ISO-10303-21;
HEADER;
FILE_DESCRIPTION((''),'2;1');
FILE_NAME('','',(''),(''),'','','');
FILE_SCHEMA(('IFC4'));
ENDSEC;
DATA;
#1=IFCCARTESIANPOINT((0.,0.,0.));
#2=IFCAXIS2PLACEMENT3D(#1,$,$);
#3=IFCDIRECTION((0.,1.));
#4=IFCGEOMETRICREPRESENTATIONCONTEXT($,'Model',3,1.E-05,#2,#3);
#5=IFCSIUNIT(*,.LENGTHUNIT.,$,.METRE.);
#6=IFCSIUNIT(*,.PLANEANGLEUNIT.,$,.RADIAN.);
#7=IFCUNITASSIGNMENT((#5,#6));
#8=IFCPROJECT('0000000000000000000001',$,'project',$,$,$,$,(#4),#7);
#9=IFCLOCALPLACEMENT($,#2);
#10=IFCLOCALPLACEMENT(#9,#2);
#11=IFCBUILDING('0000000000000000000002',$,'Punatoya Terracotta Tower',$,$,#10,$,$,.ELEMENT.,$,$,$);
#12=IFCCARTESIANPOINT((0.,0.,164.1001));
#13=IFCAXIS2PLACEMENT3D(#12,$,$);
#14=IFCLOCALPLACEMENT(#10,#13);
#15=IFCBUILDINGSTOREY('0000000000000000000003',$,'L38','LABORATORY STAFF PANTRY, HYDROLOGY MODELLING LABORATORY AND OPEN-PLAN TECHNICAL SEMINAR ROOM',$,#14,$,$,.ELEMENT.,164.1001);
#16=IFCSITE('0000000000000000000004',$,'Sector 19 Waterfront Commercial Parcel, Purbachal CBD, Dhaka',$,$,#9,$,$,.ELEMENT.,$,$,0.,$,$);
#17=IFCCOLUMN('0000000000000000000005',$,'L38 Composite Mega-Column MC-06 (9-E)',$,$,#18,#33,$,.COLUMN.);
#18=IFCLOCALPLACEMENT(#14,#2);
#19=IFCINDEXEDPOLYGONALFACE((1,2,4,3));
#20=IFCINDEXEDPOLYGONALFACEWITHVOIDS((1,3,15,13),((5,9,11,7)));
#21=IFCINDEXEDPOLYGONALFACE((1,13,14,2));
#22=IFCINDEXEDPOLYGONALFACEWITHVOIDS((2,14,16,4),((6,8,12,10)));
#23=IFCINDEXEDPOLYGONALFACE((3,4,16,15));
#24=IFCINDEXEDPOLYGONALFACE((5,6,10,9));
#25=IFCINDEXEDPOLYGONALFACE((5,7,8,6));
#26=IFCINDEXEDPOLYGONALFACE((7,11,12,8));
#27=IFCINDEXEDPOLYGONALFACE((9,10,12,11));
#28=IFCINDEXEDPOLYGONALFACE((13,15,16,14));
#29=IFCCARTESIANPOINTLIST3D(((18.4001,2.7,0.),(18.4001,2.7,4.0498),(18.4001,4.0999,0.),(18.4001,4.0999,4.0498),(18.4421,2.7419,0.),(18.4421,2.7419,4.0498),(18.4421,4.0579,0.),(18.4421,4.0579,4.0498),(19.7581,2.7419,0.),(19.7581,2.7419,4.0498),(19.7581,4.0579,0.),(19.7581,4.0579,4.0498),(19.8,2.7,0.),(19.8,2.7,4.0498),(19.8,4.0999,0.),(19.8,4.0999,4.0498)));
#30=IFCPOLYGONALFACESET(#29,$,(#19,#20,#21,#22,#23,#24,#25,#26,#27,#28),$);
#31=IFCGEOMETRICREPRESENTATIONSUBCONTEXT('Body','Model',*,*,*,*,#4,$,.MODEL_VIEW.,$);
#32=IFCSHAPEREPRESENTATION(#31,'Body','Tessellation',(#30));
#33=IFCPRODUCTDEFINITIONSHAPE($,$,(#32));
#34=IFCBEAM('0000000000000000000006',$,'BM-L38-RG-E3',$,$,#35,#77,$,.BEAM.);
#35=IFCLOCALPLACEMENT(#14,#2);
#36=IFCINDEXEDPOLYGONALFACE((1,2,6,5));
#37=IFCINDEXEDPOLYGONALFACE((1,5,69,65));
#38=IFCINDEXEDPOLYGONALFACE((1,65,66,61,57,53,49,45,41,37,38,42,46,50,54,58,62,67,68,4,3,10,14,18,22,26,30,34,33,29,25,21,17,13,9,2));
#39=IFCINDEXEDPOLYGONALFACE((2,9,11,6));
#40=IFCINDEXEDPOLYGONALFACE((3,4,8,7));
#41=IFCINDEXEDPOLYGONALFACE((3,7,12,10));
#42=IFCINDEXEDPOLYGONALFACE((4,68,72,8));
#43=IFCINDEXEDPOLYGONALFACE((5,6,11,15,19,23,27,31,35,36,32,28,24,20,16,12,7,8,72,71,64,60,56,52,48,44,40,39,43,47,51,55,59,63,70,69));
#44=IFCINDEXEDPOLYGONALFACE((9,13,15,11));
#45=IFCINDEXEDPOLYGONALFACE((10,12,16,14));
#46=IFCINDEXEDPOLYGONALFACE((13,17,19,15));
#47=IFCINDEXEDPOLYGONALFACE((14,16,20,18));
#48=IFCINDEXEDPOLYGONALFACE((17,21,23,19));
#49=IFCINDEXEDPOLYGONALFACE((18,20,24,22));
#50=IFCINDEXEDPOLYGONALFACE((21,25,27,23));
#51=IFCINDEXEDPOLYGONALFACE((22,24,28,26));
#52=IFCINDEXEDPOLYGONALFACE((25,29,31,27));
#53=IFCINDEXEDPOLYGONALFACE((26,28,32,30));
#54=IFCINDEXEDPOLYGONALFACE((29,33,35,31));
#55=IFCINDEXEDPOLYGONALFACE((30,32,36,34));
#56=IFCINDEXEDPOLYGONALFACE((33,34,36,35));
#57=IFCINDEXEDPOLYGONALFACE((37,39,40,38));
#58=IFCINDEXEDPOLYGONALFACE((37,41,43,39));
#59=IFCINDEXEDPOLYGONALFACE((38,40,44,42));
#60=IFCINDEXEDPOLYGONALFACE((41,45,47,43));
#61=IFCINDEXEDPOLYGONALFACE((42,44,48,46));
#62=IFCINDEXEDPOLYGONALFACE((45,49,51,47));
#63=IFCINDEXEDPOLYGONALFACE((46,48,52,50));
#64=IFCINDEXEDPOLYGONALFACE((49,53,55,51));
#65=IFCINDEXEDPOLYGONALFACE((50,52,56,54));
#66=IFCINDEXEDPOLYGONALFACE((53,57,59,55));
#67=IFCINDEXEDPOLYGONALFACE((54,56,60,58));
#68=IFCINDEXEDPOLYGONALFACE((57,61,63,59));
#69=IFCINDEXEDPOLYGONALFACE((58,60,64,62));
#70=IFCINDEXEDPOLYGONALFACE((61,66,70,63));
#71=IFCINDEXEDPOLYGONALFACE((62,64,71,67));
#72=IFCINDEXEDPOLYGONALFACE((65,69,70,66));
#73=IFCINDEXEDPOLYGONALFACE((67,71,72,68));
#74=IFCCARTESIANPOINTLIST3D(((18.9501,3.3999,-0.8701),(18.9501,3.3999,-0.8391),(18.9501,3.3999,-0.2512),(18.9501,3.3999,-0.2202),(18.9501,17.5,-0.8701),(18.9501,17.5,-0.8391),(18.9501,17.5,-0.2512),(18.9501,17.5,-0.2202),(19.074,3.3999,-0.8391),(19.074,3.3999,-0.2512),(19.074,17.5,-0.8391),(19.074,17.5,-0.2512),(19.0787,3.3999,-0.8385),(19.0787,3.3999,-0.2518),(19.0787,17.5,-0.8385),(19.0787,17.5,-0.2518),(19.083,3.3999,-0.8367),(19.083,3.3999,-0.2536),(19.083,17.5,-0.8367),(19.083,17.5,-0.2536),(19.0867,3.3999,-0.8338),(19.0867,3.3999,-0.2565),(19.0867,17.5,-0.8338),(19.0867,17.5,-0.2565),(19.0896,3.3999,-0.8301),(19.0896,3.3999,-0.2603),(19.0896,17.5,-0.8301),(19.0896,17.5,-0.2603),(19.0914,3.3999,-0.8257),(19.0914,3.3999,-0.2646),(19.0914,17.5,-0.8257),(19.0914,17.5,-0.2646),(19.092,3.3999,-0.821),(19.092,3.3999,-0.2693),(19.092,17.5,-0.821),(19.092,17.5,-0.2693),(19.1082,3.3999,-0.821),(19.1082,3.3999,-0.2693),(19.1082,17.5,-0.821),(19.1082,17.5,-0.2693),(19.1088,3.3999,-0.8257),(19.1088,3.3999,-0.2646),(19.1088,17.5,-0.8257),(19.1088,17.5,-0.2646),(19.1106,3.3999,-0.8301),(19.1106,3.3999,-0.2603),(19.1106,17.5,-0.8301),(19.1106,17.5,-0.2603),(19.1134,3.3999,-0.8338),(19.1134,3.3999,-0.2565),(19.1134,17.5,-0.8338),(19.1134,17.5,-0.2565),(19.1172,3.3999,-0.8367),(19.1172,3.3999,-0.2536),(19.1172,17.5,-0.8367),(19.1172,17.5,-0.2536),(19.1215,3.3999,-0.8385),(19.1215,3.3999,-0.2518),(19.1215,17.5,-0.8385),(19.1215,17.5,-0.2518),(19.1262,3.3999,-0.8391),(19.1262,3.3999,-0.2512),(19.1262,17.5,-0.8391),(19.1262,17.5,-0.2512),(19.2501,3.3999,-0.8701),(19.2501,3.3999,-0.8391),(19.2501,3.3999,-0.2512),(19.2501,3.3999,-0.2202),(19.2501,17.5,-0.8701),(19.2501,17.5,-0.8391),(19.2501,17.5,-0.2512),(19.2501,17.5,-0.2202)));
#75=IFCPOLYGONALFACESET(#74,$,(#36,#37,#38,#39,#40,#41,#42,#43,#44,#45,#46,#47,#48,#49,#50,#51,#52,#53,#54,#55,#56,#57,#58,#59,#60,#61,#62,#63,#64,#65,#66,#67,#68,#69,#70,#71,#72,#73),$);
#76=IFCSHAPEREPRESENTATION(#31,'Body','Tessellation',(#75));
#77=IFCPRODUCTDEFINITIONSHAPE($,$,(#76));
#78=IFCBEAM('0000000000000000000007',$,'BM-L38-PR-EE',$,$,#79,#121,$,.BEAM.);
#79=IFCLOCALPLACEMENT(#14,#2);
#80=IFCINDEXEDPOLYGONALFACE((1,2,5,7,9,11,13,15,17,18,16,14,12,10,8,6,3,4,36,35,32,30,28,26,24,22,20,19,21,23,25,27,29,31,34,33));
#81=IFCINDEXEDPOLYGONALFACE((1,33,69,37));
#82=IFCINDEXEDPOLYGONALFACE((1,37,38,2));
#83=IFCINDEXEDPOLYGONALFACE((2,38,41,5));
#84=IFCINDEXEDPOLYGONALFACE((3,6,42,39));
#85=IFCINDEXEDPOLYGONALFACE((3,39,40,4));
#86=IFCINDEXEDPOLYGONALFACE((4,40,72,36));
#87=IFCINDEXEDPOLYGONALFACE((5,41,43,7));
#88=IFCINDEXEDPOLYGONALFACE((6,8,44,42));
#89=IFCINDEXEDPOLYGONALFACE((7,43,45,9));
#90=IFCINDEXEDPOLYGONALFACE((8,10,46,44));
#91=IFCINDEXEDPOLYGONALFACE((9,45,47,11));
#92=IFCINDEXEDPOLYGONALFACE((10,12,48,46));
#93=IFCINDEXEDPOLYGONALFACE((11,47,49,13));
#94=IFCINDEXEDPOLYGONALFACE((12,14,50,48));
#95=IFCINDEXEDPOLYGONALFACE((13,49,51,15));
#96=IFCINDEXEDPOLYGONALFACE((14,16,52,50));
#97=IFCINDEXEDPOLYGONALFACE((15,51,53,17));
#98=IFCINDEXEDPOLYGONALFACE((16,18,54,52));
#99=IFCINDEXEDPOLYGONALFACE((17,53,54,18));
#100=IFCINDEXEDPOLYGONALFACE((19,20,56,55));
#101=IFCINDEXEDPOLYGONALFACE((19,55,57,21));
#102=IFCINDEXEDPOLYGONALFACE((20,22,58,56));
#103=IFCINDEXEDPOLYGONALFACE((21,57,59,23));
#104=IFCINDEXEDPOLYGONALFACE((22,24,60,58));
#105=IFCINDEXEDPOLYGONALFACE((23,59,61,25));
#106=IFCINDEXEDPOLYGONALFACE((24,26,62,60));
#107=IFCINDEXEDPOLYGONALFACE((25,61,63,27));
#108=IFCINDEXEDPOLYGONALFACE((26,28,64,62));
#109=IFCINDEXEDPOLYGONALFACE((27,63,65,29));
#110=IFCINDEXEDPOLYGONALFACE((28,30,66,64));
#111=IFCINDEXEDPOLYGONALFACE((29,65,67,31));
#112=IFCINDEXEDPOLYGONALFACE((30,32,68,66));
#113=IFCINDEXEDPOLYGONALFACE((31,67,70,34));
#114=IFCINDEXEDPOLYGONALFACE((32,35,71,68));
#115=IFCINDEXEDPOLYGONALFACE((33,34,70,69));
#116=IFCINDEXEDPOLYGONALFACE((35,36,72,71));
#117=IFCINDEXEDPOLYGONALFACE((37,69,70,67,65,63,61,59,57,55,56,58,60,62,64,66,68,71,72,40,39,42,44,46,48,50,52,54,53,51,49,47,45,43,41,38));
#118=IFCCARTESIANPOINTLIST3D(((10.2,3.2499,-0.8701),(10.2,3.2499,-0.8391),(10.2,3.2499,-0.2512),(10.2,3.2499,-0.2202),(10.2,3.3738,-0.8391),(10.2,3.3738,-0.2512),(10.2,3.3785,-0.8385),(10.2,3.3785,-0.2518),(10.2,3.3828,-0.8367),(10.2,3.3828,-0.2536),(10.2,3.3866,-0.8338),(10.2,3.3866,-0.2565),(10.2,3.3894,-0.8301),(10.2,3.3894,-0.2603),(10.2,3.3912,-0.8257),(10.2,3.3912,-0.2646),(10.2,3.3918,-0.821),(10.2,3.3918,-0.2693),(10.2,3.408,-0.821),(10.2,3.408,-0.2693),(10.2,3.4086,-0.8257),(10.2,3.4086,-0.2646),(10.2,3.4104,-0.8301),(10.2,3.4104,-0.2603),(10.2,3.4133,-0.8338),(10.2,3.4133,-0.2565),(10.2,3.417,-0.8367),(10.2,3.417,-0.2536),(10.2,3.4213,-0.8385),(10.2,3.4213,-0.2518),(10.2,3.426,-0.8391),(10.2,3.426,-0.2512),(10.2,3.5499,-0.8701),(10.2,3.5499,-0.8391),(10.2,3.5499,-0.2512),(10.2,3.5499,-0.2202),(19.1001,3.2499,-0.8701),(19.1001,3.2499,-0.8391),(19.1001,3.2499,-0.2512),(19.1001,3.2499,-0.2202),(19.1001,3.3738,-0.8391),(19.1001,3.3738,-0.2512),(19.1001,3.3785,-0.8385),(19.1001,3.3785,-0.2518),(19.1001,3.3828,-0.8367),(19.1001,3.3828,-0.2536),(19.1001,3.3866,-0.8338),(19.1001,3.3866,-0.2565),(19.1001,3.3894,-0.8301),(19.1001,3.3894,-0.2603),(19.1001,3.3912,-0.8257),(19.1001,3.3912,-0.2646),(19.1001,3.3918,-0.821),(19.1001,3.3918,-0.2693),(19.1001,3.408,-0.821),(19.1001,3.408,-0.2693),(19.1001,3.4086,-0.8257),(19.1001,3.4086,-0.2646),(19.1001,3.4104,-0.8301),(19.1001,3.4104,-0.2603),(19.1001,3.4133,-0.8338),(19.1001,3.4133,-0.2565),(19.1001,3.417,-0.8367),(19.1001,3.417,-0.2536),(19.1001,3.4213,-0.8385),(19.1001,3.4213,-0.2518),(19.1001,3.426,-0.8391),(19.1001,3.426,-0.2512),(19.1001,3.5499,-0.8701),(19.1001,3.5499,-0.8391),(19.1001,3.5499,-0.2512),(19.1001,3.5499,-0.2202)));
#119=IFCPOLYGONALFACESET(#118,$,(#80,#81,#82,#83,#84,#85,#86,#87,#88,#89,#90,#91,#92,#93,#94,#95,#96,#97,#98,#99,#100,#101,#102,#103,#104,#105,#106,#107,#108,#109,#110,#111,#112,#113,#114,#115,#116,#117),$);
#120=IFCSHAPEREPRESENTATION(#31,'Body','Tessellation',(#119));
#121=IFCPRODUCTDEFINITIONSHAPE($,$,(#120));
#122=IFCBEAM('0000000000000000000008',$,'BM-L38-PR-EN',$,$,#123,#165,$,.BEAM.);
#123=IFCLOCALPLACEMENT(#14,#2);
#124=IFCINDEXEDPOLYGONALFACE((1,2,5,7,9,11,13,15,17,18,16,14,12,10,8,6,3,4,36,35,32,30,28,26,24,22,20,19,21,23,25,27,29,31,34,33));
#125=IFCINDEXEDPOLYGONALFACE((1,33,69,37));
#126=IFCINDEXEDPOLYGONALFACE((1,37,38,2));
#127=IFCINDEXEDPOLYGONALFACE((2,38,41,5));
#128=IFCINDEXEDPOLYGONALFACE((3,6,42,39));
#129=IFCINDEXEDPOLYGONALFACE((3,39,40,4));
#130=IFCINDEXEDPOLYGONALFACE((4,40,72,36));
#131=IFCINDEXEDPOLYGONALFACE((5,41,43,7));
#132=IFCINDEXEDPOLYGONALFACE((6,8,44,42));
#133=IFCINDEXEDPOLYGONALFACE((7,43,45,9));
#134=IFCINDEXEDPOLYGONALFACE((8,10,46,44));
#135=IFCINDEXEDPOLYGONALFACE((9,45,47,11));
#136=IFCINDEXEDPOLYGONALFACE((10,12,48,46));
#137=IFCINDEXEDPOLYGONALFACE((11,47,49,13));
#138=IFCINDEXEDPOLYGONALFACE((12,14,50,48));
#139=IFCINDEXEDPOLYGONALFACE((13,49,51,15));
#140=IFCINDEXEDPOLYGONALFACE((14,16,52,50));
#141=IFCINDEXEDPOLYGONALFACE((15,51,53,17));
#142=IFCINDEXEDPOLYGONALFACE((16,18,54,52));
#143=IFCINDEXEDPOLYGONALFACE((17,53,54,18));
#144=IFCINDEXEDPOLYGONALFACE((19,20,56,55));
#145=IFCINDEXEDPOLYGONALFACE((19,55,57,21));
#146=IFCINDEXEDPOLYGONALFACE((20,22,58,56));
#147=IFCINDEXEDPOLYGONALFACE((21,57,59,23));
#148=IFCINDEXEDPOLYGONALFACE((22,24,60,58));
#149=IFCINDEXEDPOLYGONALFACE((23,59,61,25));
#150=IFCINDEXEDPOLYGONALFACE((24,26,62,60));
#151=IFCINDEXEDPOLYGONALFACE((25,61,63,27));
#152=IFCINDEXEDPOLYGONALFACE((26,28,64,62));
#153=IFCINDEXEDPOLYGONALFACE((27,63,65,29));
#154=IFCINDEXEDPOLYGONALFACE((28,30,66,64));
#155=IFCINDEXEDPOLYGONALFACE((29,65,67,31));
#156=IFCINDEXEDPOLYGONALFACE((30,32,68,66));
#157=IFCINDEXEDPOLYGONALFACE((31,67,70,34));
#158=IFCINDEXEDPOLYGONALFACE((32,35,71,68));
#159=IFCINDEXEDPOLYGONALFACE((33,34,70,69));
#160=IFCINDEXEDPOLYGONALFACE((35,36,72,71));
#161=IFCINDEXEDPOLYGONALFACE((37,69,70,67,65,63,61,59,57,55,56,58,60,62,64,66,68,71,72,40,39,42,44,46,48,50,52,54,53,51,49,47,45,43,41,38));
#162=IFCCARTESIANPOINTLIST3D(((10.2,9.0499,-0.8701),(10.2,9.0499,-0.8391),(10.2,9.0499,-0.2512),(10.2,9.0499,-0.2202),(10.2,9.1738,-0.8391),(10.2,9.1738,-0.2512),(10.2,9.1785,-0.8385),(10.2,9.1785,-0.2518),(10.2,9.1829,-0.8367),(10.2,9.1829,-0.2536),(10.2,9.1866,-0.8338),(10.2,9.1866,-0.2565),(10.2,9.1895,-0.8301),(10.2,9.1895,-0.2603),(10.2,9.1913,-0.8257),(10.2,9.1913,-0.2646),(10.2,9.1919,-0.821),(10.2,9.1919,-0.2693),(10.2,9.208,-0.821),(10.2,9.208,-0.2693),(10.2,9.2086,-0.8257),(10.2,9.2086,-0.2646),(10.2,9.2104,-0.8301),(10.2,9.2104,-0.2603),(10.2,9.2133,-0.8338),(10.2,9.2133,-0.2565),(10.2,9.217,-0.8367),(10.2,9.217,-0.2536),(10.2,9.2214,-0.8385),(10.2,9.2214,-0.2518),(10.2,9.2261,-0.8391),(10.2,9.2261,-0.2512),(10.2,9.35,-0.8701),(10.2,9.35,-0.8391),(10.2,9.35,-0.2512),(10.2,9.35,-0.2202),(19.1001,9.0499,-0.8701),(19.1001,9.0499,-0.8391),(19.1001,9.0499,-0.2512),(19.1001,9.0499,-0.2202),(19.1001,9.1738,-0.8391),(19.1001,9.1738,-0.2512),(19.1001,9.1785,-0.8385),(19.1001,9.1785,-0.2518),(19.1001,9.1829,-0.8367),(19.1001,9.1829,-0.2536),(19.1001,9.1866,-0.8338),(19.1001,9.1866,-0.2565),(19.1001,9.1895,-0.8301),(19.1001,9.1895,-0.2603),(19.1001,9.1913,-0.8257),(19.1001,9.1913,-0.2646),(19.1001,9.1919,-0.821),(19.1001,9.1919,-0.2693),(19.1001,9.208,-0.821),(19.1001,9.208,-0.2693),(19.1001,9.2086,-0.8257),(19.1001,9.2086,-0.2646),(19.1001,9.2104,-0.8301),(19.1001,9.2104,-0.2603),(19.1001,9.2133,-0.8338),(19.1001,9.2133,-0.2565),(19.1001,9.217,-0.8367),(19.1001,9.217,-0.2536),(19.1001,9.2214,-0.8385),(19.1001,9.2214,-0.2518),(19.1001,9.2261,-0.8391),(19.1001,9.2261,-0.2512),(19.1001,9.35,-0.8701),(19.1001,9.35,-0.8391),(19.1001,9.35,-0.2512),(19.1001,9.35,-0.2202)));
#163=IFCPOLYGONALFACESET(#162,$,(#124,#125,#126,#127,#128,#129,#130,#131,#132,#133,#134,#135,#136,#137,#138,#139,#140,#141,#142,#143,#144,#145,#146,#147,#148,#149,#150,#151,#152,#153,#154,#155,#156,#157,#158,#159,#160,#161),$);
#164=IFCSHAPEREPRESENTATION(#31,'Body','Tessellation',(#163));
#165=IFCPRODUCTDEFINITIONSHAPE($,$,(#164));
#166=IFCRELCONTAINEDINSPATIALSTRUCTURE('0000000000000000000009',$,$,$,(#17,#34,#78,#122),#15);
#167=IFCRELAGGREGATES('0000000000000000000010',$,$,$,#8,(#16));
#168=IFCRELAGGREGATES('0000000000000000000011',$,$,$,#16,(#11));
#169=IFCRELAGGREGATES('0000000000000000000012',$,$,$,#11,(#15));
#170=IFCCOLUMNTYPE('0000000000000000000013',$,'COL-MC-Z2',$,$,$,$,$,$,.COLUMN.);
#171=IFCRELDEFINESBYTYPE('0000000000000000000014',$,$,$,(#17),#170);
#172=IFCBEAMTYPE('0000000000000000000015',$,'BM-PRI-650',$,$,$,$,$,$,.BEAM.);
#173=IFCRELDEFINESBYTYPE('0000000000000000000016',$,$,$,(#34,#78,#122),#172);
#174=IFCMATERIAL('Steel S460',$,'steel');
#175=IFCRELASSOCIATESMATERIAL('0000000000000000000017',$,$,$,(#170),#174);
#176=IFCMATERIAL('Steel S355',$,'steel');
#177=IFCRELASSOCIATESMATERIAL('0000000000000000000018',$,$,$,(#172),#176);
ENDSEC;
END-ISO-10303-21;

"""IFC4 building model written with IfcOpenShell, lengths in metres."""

from ifc_helpers import new_model, si_unit, direction, frame, origin, origin_2d, place, context, subcontext, project, spatial, hollow_rectangle, i_section, extrude, material, material_profile, profile_set, type_object, element, save


model = new_model("IFC4")

# Units and contexts
model_context = context("Model", 3, precision=1e-05, world=origin(), true_north=direction((0.0, 1.0)))
body_context = subcontext(model_context, "Body", "Model", "MODEL_VIEW")
ifc_project = project(units=[si_unit("LENGTHUNIT", "METRE"), si_unit("PLANEANGLEUNIT", "RADIAN")], contexts=[model_context])

# Site, building, storey
site_placement = place(None, origin())
site = spatial("IfcSite", under=ifc_project, at=site_placement, Name="Sector 19 Waterfront Commercial Parcel, Purbachal CBD, Dhaka", CompositionType="ELEMENT", RefElevation=0.0)
building_placement = place(site_placement, origin())
building = spatial("IfcBuilding", under=site, at=building_placement, Name="Punatoya Terracotta Tower", CompositionType="ELEMENT")
storey_placement = place(building_placement, frame((0.0, 0.0, 164.1001)))
storey = spatial("IfcBuildingStorey", under=building, at=storey_placement, Name="L38", Description="LABORATORY STAFF PANTRY, HYDROLOGY MODELLING LABORATORY AND OPEN-PLAN TECHNICAL SEMINAR ROOM", CompositionType="ELEMENT", Elevation=164.1001)

# Column
ifc_material_1 = material(Name="Steel S460", Category="steel")
ifc_material_profile_1 = material_profile(ifc_material_1, hollow_rectangle(XDim=1.3999, YDim=1.3999, WallThickness=0.042, at=origin_2d()))
ifc_profile_set_1 = profile_set([ifc_material_profile_1], Name="Steel S460")
column_type = type_object("IfcColumnType", Name="COL-MC-Z2", PredefinedType="COLUMN", material=ifc_profile_set_1)
column_placement = place(storey_placement, frame((19.1001, 3.3999, 0.0), z_axis=(0.0, 0.0, 1.0), x_axis=(1.0, 0.0, 0.0)))
element("IfcColumn", 1, at=column_placement, inside=storey, type_object=column_type, Name="L38 Composite Mega-Column MC-06 (9-E)", PredefinedType="COLUMN", context=body_context, shape_type="SweptSolid", body=[
    extrude(hollow_rectangle(XDim=1.3999, YDim=1.3999, WallThickness=0.042, at=origin_2d()), origin(), (0.0, 0.0, 1.0), 4.0498),
])

# Beams
ifc_material_2 = material(Name="Steel S355", Category="steel")
ifc_material_profile_2 = material_profile(ifc_material_2, i_section(OverallWidth=0.3, OverallDepth=0.6499, WebThickness=0.0161, FlangeThickness=0.031, FilletRadius=0.0181, at=origin_2d()))
ifc_profile_set_2 = profile_set([ifc_material_profile_2], Name="Steel S355")
beam_type_1 = type_object("IfcBeamType", Name="BM-PRI-650", PredefinedType="BEAM", material=ifc_profile_set_2)
beam_1_placement = place(storey_placement, frame((19.1001, 3.3999, -0.5452), z_axis=(0.0, 1.0, 0.0), x_axis=(-1.0, 0.0, 0.0)))
element("IfcBeam", 2, at=beam_1_placement, inside=storey, type_object=beam_type_1, Name="BM-L38-RG-E3", PredefinedType="BEAM", context=body_context, shape_type="SweptSolid", body=[
    extrude(i_section(OverallWidth=0.3, OverallDepth=0.6499, WebThickness=0.0161, FlangeThickness=0.031, FilletRadius=0.0181, at=origin_2d()), origin(), (0.0, 0.0, 1.0), 14.1001),
])
for number, where, z_axis, x_axis, name in (
    (3, (10.2, 3.3999, -0.5452), (1.0, 0.0, 0.0), (0.0, 1.0, 0.0), "BM-L38-PR-EE"),
    (4, (10.2, 9.2, -0.5452), (1.0, 0.0, 0.0), (0.0, 1.0, 0.0), "BM-L38-PR-EN"),
):
    element("IfcBeam", number, at=place(storey_placement, frame(where, z_axis=z_axis, x_axis=x_axis)), inside=storey, type_object=beam_type_1, Name=name, PredefinedType="BEAM", context=body_context, shape_type="SweptSolid", body=[
        extrude(i_section(OverallWidth=0.3, OverallDepth=0.6499, WebThickness=0.0161, FlangeThickness=0.031, FilletRadius=0.0181, at=origin_2d()), origin(), (0.0, 0.0, 1.0), 8.9001),
    ])

save(model, "model.ifc")
